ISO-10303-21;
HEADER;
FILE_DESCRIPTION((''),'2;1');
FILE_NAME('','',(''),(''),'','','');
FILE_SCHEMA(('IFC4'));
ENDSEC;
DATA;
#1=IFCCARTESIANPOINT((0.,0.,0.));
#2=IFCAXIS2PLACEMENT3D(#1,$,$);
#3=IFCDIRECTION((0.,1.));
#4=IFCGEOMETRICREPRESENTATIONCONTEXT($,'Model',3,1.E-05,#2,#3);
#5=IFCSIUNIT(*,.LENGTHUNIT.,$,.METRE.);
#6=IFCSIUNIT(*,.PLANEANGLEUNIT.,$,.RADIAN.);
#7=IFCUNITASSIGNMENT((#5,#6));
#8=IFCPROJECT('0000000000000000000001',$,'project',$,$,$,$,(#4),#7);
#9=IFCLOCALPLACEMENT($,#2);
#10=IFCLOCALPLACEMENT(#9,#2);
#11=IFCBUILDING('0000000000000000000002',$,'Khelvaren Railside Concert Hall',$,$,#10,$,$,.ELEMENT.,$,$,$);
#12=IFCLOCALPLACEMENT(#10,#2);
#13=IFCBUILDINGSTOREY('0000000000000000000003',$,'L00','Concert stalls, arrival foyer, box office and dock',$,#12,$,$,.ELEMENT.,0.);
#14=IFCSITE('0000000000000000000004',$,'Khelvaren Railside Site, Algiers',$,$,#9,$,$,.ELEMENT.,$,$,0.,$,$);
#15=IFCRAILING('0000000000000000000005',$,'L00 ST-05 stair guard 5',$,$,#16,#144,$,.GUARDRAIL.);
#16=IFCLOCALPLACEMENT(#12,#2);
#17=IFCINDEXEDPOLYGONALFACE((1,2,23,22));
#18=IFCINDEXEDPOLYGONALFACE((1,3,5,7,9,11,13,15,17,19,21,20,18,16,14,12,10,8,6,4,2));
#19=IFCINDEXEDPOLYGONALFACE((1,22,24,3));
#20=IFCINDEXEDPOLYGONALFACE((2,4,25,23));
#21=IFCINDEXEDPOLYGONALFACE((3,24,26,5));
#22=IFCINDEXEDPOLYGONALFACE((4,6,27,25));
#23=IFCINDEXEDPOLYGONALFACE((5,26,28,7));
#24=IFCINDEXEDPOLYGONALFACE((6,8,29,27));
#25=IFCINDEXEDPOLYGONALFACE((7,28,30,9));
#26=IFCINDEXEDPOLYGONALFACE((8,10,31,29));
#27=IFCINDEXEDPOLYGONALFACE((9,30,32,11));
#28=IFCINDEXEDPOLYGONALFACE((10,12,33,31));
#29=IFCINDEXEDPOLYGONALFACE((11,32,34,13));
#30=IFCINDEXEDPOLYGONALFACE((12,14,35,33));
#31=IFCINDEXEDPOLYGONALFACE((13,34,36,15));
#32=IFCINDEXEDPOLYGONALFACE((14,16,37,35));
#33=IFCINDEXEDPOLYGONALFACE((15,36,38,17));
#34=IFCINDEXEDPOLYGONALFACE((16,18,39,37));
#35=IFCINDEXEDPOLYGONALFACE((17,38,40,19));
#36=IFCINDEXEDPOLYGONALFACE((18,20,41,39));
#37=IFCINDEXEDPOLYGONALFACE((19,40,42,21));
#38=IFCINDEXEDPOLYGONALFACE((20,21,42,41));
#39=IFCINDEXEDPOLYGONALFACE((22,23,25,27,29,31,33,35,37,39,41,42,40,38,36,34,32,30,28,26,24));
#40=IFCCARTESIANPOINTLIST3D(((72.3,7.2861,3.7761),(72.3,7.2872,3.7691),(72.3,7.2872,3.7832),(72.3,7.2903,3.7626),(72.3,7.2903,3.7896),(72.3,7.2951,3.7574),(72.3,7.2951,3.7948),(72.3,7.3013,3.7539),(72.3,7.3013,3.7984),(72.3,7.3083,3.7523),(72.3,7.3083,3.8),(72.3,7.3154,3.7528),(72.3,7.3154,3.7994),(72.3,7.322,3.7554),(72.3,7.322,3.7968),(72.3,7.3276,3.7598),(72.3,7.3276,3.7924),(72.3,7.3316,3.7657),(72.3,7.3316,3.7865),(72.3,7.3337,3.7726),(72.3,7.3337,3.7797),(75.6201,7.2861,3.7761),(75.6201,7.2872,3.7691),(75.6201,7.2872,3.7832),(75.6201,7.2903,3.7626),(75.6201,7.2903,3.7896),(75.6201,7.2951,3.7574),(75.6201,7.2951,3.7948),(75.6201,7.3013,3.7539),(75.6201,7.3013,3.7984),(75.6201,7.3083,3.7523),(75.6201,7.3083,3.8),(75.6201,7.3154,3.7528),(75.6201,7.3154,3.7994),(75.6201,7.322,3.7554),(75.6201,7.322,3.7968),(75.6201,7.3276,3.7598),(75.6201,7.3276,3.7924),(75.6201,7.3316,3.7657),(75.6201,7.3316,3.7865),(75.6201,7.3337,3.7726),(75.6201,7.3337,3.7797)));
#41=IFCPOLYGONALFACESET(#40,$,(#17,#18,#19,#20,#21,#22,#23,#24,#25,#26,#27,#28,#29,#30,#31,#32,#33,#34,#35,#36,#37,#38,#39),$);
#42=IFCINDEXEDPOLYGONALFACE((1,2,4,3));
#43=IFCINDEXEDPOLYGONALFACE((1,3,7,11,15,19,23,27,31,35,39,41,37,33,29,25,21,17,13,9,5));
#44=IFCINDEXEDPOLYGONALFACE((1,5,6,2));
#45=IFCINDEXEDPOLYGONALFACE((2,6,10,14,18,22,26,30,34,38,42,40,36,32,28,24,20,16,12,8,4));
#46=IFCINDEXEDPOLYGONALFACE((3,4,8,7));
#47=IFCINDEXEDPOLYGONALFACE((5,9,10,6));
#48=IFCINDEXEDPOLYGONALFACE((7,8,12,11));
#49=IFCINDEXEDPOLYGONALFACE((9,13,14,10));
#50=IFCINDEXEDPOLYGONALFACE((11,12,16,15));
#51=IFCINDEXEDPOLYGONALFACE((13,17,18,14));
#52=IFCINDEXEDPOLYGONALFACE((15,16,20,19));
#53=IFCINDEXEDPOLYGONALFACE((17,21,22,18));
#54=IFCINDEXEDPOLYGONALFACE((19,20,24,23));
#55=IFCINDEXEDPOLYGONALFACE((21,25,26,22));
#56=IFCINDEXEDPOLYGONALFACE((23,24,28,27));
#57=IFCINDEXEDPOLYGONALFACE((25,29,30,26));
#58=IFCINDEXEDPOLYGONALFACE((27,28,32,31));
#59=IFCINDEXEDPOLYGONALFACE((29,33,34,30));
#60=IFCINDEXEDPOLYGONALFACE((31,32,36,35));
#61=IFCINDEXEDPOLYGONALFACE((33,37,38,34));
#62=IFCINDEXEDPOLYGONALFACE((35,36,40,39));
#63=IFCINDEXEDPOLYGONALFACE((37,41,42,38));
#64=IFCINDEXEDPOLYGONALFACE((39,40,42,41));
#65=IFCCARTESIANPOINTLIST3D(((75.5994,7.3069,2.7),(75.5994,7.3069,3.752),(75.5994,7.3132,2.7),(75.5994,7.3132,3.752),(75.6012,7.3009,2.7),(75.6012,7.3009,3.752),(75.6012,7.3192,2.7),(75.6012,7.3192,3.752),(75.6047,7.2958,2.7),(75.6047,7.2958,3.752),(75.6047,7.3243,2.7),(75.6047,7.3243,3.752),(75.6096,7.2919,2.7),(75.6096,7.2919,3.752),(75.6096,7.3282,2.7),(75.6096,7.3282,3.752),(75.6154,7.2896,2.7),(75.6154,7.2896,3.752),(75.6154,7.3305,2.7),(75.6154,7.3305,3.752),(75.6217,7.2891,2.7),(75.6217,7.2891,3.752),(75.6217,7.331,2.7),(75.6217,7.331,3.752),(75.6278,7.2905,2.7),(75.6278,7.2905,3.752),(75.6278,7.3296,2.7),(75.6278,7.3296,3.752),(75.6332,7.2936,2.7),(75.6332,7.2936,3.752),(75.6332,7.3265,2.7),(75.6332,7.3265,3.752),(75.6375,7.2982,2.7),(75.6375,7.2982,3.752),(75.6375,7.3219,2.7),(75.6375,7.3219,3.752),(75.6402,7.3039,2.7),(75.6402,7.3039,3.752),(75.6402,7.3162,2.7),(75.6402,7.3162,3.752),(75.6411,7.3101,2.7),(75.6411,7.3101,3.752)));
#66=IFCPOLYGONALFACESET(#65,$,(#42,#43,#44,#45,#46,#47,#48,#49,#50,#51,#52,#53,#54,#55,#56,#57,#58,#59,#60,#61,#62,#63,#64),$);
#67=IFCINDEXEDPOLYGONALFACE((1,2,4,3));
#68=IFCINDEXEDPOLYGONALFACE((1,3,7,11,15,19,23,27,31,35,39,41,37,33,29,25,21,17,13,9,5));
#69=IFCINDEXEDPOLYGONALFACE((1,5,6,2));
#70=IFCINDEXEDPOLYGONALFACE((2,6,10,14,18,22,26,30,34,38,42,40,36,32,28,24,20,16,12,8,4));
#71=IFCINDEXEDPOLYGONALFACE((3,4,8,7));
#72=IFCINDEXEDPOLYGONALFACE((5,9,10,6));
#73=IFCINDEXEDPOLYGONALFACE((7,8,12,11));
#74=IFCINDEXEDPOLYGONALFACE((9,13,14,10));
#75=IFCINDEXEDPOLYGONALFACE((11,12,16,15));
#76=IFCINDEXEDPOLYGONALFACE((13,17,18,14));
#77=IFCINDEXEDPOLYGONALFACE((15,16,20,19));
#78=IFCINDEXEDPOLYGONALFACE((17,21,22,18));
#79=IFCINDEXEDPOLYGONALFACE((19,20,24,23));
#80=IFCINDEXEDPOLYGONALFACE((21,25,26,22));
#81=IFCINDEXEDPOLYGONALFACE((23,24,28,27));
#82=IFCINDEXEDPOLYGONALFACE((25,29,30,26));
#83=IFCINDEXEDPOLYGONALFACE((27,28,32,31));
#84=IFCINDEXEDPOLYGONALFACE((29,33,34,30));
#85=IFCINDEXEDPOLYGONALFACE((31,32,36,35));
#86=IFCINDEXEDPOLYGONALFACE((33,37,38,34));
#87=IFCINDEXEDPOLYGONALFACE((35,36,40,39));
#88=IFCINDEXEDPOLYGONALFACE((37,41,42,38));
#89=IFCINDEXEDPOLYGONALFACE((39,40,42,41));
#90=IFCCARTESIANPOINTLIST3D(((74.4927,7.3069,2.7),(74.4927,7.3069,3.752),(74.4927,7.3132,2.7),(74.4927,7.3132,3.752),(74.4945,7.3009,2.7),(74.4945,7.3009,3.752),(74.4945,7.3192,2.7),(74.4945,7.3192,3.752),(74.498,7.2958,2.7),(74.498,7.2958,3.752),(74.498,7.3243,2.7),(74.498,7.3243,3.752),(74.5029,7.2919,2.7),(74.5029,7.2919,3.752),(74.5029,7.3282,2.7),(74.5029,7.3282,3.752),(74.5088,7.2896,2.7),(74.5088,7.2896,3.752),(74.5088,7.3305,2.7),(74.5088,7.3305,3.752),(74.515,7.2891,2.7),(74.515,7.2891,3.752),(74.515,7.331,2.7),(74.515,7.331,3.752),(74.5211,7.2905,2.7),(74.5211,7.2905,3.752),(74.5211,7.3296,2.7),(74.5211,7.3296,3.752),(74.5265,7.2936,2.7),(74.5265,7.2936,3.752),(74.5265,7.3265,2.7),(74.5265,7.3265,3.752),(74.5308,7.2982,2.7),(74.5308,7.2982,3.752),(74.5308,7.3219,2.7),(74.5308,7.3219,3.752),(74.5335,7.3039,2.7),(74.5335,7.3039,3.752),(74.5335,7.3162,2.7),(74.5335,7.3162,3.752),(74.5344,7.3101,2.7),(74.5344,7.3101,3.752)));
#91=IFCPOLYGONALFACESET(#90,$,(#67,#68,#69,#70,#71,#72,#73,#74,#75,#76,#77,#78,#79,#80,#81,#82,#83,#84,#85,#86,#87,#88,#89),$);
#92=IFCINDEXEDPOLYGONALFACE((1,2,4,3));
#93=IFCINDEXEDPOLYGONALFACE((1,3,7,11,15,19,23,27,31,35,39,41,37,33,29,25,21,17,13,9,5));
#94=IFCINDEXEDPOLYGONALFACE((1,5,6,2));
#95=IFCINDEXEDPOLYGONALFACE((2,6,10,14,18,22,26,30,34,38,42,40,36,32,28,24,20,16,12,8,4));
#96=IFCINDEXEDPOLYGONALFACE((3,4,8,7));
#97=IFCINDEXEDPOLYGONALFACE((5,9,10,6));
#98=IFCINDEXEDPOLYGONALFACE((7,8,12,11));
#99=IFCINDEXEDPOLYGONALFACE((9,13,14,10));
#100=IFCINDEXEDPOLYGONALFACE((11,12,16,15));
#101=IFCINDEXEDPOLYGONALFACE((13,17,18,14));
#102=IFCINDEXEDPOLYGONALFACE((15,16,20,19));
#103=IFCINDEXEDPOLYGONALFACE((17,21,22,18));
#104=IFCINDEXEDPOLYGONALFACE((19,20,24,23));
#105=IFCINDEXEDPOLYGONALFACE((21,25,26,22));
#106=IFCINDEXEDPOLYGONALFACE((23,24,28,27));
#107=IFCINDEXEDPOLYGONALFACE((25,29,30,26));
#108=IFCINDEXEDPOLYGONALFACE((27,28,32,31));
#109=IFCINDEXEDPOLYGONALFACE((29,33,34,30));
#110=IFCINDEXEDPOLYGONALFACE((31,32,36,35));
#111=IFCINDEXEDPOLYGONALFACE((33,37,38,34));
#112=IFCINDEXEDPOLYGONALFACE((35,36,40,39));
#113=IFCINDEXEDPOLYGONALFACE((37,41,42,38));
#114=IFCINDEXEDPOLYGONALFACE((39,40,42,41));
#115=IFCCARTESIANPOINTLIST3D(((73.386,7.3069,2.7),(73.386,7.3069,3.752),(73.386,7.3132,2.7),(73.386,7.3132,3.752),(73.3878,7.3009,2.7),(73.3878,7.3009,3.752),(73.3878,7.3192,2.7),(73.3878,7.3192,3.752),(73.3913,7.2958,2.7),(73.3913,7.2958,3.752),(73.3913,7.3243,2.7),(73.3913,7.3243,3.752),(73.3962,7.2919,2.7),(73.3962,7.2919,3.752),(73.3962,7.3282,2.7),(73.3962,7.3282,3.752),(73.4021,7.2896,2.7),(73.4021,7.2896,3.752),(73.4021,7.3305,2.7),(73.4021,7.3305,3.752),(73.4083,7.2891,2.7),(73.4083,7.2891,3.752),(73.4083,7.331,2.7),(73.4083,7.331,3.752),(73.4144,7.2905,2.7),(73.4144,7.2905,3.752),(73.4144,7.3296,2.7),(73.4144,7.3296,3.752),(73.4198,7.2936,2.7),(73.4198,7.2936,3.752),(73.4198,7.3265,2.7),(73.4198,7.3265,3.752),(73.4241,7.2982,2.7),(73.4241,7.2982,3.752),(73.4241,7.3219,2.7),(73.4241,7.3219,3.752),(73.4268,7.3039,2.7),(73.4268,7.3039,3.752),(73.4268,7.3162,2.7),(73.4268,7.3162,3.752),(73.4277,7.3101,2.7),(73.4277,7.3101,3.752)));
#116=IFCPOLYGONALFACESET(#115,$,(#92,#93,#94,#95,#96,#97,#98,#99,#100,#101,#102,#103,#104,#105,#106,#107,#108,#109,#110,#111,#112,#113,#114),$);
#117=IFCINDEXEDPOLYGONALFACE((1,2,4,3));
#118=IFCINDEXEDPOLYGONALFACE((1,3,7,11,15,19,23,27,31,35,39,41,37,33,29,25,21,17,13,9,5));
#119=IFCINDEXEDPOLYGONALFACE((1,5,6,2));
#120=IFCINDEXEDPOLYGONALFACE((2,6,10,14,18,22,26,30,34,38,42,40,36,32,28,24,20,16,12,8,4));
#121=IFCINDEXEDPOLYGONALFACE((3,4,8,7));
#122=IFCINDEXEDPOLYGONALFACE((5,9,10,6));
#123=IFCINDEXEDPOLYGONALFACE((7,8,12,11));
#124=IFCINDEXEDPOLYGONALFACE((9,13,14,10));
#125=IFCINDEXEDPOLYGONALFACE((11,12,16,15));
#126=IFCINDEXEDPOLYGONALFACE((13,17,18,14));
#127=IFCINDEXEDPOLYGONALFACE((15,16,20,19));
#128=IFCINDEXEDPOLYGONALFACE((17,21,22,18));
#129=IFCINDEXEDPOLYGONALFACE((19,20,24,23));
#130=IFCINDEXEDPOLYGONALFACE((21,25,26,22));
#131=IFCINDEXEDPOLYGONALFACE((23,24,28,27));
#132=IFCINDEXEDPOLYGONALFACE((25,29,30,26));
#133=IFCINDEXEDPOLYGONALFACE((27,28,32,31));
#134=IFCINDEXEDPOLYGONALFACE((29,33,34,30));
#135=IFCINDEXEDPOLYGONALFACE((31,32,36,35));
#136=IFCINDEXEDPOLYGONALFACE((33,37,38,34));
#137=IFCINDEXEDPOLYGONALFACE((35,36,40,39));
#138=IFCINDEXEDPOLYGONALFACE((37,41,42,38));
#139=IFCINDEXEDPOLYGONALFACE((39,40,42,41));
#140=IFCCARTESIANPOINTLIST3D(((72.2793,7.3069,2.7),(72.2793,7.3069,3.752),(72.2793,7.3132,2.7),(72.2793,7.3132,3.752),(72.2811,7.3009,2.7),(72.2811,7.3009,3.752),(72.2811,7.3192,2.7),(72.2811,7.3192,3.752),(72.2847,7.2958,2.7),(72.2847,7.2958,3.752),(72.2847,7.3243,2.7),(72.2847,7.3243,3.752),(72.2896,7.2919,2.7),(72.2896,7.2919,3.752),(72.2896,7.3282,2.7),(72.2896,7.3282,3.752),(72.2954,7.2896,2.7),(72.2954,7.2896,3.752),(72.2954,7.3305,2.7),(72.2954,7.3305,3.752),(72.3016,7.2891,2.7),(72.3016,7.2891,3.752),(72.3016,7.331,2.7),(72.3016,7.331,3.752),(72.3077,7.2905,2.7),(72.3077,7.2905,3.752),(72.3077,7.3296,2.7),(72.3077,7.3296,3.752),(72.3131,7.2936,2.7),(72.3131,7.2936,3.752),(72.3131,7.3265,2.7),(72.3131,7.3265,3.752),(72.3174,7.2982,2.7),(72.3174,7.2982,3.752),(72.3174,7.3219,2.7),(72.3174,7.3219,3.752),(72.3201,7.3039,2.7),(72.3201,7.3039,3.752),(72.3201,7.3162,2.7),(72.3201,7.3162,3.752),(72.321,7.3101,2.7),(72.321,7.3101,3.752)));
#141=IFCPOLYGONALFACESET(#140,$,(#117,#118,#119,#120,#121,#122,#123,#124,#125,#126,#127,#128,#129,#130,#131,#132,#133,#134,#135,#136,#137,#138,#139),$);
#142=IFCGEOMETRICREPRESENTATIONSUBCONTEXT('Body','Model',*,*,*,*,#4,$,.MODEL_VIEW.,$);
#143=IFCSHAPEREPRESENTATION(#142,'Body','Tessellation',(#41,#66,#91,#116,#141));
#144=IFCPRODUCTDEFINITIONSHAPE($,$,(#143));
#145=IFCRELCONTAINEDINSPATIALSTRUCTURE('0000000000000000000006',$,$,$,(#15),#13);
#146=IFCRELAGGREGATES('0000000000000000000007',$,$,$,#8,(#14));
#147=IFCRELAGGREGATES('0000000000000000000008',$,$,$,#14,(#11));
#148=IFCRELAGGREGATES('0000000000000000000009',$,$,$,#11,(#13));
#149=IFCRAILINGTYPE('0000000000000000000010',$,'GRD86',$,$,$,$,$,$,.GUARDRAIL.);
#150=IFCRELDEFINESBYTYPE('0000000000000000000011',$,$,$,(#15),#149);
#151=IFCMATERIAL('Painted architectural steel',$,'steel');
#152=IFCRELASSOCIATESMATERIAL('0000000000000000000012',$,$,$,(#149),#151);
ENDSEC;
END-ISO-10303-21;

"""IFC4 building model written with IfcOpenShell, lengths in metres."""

from ifc_helpers import new_model, si_unit, direction, frame, origin, origin_2d, place, context, subcontext, project, spatial, circle, extrude, material, type_object, element, save


model = new_model("IFC4")

# Units and contexts
model_context = context("Model", 3, precision=1e-05, world=origin(), true_north=direction((0.0, 1.0)))
body_context = subcontext(model_context, "Body", "Model", "MODEL_VIEW")
ifc_project = project(units=[si_unit("LENGTHUNIT", "METRE"), si_unit("PLANEANGLEUNIT", "RADIAN")], contexts=[model_context])

# Site, building, storey
site_placement = place(None, origin())
site = spatial("IfcSite", under=ifc_project, at=site_placement, Name="Khelvaren Railside Site, Algiers", CompositionType="ELEMENT", RefElevation=0.0)
building_placement = place(site_placement, origin())
building = spatial("IfcBuilding", under=site, at=building_placement, Name="Khelvaren Railside Concert Hall", CompositionType="ELEMENT")
storey_placement = place(building_placement, origin())
storey = spatial("IfcBuildingStorey", under=building, at=storey_placement, Name="L00", Description="Concert stalls, arrival foyer, box office and dock", CompositionType="ELEMENT", Elevation=0.0)

# Railing
ifc_material_1 = material(Name="Painted architectural steel", Category="steel")
railing_type_1 = type_object("IfcRailingType", Name="GRD86", PredefinedType="GUARDRAIL", material=ifc_material_1)
railing_1_placement = place(storey_placement, frame((75.6201, 7.3101, 2.7)))
element("IfcRailing", 1, at=railing_1_placement, inside=storey, type_object=railing_type_1, Name="L00 ST-05 stair guard 5", PredefinedType="GUARDRAIL", context=body_context, shape_type="SweptSolid", body=[
    extrude(circle(Radius=0.0239, at=origin_2d()), frame((0.0, 0.0, 1.0762), z_axis=(-1.0, 0.0, 0.0), x_axis=(0.0, -1.0, 0.0)), (0.0, 0.0, 1.0), 3.3201),
    extrude(circle(Radius=0.021, at=origin_2d()), origin(), (0.0, 0.0, 1.0), 1.052),
    extrude(circle(Radius=0.021, at=origin_2d()), frame((-1.1067, 0.0, 0.0)), (0.0, 0.0, 1.0), 1.052),
    extrude(circle(Radius=0.021, at=origin_2d()), frame((-2.2134, 0.0, 0.0)), (0.0, 0.0, 1.0), 1.052),
    extrude(circle(Radius=0.021, at=origin_2d()), frame((-3.3201, 0.0, 0.0)), (0.0, 0.0, 1.0), 1.052),
])

save(model, "model.ifc")
